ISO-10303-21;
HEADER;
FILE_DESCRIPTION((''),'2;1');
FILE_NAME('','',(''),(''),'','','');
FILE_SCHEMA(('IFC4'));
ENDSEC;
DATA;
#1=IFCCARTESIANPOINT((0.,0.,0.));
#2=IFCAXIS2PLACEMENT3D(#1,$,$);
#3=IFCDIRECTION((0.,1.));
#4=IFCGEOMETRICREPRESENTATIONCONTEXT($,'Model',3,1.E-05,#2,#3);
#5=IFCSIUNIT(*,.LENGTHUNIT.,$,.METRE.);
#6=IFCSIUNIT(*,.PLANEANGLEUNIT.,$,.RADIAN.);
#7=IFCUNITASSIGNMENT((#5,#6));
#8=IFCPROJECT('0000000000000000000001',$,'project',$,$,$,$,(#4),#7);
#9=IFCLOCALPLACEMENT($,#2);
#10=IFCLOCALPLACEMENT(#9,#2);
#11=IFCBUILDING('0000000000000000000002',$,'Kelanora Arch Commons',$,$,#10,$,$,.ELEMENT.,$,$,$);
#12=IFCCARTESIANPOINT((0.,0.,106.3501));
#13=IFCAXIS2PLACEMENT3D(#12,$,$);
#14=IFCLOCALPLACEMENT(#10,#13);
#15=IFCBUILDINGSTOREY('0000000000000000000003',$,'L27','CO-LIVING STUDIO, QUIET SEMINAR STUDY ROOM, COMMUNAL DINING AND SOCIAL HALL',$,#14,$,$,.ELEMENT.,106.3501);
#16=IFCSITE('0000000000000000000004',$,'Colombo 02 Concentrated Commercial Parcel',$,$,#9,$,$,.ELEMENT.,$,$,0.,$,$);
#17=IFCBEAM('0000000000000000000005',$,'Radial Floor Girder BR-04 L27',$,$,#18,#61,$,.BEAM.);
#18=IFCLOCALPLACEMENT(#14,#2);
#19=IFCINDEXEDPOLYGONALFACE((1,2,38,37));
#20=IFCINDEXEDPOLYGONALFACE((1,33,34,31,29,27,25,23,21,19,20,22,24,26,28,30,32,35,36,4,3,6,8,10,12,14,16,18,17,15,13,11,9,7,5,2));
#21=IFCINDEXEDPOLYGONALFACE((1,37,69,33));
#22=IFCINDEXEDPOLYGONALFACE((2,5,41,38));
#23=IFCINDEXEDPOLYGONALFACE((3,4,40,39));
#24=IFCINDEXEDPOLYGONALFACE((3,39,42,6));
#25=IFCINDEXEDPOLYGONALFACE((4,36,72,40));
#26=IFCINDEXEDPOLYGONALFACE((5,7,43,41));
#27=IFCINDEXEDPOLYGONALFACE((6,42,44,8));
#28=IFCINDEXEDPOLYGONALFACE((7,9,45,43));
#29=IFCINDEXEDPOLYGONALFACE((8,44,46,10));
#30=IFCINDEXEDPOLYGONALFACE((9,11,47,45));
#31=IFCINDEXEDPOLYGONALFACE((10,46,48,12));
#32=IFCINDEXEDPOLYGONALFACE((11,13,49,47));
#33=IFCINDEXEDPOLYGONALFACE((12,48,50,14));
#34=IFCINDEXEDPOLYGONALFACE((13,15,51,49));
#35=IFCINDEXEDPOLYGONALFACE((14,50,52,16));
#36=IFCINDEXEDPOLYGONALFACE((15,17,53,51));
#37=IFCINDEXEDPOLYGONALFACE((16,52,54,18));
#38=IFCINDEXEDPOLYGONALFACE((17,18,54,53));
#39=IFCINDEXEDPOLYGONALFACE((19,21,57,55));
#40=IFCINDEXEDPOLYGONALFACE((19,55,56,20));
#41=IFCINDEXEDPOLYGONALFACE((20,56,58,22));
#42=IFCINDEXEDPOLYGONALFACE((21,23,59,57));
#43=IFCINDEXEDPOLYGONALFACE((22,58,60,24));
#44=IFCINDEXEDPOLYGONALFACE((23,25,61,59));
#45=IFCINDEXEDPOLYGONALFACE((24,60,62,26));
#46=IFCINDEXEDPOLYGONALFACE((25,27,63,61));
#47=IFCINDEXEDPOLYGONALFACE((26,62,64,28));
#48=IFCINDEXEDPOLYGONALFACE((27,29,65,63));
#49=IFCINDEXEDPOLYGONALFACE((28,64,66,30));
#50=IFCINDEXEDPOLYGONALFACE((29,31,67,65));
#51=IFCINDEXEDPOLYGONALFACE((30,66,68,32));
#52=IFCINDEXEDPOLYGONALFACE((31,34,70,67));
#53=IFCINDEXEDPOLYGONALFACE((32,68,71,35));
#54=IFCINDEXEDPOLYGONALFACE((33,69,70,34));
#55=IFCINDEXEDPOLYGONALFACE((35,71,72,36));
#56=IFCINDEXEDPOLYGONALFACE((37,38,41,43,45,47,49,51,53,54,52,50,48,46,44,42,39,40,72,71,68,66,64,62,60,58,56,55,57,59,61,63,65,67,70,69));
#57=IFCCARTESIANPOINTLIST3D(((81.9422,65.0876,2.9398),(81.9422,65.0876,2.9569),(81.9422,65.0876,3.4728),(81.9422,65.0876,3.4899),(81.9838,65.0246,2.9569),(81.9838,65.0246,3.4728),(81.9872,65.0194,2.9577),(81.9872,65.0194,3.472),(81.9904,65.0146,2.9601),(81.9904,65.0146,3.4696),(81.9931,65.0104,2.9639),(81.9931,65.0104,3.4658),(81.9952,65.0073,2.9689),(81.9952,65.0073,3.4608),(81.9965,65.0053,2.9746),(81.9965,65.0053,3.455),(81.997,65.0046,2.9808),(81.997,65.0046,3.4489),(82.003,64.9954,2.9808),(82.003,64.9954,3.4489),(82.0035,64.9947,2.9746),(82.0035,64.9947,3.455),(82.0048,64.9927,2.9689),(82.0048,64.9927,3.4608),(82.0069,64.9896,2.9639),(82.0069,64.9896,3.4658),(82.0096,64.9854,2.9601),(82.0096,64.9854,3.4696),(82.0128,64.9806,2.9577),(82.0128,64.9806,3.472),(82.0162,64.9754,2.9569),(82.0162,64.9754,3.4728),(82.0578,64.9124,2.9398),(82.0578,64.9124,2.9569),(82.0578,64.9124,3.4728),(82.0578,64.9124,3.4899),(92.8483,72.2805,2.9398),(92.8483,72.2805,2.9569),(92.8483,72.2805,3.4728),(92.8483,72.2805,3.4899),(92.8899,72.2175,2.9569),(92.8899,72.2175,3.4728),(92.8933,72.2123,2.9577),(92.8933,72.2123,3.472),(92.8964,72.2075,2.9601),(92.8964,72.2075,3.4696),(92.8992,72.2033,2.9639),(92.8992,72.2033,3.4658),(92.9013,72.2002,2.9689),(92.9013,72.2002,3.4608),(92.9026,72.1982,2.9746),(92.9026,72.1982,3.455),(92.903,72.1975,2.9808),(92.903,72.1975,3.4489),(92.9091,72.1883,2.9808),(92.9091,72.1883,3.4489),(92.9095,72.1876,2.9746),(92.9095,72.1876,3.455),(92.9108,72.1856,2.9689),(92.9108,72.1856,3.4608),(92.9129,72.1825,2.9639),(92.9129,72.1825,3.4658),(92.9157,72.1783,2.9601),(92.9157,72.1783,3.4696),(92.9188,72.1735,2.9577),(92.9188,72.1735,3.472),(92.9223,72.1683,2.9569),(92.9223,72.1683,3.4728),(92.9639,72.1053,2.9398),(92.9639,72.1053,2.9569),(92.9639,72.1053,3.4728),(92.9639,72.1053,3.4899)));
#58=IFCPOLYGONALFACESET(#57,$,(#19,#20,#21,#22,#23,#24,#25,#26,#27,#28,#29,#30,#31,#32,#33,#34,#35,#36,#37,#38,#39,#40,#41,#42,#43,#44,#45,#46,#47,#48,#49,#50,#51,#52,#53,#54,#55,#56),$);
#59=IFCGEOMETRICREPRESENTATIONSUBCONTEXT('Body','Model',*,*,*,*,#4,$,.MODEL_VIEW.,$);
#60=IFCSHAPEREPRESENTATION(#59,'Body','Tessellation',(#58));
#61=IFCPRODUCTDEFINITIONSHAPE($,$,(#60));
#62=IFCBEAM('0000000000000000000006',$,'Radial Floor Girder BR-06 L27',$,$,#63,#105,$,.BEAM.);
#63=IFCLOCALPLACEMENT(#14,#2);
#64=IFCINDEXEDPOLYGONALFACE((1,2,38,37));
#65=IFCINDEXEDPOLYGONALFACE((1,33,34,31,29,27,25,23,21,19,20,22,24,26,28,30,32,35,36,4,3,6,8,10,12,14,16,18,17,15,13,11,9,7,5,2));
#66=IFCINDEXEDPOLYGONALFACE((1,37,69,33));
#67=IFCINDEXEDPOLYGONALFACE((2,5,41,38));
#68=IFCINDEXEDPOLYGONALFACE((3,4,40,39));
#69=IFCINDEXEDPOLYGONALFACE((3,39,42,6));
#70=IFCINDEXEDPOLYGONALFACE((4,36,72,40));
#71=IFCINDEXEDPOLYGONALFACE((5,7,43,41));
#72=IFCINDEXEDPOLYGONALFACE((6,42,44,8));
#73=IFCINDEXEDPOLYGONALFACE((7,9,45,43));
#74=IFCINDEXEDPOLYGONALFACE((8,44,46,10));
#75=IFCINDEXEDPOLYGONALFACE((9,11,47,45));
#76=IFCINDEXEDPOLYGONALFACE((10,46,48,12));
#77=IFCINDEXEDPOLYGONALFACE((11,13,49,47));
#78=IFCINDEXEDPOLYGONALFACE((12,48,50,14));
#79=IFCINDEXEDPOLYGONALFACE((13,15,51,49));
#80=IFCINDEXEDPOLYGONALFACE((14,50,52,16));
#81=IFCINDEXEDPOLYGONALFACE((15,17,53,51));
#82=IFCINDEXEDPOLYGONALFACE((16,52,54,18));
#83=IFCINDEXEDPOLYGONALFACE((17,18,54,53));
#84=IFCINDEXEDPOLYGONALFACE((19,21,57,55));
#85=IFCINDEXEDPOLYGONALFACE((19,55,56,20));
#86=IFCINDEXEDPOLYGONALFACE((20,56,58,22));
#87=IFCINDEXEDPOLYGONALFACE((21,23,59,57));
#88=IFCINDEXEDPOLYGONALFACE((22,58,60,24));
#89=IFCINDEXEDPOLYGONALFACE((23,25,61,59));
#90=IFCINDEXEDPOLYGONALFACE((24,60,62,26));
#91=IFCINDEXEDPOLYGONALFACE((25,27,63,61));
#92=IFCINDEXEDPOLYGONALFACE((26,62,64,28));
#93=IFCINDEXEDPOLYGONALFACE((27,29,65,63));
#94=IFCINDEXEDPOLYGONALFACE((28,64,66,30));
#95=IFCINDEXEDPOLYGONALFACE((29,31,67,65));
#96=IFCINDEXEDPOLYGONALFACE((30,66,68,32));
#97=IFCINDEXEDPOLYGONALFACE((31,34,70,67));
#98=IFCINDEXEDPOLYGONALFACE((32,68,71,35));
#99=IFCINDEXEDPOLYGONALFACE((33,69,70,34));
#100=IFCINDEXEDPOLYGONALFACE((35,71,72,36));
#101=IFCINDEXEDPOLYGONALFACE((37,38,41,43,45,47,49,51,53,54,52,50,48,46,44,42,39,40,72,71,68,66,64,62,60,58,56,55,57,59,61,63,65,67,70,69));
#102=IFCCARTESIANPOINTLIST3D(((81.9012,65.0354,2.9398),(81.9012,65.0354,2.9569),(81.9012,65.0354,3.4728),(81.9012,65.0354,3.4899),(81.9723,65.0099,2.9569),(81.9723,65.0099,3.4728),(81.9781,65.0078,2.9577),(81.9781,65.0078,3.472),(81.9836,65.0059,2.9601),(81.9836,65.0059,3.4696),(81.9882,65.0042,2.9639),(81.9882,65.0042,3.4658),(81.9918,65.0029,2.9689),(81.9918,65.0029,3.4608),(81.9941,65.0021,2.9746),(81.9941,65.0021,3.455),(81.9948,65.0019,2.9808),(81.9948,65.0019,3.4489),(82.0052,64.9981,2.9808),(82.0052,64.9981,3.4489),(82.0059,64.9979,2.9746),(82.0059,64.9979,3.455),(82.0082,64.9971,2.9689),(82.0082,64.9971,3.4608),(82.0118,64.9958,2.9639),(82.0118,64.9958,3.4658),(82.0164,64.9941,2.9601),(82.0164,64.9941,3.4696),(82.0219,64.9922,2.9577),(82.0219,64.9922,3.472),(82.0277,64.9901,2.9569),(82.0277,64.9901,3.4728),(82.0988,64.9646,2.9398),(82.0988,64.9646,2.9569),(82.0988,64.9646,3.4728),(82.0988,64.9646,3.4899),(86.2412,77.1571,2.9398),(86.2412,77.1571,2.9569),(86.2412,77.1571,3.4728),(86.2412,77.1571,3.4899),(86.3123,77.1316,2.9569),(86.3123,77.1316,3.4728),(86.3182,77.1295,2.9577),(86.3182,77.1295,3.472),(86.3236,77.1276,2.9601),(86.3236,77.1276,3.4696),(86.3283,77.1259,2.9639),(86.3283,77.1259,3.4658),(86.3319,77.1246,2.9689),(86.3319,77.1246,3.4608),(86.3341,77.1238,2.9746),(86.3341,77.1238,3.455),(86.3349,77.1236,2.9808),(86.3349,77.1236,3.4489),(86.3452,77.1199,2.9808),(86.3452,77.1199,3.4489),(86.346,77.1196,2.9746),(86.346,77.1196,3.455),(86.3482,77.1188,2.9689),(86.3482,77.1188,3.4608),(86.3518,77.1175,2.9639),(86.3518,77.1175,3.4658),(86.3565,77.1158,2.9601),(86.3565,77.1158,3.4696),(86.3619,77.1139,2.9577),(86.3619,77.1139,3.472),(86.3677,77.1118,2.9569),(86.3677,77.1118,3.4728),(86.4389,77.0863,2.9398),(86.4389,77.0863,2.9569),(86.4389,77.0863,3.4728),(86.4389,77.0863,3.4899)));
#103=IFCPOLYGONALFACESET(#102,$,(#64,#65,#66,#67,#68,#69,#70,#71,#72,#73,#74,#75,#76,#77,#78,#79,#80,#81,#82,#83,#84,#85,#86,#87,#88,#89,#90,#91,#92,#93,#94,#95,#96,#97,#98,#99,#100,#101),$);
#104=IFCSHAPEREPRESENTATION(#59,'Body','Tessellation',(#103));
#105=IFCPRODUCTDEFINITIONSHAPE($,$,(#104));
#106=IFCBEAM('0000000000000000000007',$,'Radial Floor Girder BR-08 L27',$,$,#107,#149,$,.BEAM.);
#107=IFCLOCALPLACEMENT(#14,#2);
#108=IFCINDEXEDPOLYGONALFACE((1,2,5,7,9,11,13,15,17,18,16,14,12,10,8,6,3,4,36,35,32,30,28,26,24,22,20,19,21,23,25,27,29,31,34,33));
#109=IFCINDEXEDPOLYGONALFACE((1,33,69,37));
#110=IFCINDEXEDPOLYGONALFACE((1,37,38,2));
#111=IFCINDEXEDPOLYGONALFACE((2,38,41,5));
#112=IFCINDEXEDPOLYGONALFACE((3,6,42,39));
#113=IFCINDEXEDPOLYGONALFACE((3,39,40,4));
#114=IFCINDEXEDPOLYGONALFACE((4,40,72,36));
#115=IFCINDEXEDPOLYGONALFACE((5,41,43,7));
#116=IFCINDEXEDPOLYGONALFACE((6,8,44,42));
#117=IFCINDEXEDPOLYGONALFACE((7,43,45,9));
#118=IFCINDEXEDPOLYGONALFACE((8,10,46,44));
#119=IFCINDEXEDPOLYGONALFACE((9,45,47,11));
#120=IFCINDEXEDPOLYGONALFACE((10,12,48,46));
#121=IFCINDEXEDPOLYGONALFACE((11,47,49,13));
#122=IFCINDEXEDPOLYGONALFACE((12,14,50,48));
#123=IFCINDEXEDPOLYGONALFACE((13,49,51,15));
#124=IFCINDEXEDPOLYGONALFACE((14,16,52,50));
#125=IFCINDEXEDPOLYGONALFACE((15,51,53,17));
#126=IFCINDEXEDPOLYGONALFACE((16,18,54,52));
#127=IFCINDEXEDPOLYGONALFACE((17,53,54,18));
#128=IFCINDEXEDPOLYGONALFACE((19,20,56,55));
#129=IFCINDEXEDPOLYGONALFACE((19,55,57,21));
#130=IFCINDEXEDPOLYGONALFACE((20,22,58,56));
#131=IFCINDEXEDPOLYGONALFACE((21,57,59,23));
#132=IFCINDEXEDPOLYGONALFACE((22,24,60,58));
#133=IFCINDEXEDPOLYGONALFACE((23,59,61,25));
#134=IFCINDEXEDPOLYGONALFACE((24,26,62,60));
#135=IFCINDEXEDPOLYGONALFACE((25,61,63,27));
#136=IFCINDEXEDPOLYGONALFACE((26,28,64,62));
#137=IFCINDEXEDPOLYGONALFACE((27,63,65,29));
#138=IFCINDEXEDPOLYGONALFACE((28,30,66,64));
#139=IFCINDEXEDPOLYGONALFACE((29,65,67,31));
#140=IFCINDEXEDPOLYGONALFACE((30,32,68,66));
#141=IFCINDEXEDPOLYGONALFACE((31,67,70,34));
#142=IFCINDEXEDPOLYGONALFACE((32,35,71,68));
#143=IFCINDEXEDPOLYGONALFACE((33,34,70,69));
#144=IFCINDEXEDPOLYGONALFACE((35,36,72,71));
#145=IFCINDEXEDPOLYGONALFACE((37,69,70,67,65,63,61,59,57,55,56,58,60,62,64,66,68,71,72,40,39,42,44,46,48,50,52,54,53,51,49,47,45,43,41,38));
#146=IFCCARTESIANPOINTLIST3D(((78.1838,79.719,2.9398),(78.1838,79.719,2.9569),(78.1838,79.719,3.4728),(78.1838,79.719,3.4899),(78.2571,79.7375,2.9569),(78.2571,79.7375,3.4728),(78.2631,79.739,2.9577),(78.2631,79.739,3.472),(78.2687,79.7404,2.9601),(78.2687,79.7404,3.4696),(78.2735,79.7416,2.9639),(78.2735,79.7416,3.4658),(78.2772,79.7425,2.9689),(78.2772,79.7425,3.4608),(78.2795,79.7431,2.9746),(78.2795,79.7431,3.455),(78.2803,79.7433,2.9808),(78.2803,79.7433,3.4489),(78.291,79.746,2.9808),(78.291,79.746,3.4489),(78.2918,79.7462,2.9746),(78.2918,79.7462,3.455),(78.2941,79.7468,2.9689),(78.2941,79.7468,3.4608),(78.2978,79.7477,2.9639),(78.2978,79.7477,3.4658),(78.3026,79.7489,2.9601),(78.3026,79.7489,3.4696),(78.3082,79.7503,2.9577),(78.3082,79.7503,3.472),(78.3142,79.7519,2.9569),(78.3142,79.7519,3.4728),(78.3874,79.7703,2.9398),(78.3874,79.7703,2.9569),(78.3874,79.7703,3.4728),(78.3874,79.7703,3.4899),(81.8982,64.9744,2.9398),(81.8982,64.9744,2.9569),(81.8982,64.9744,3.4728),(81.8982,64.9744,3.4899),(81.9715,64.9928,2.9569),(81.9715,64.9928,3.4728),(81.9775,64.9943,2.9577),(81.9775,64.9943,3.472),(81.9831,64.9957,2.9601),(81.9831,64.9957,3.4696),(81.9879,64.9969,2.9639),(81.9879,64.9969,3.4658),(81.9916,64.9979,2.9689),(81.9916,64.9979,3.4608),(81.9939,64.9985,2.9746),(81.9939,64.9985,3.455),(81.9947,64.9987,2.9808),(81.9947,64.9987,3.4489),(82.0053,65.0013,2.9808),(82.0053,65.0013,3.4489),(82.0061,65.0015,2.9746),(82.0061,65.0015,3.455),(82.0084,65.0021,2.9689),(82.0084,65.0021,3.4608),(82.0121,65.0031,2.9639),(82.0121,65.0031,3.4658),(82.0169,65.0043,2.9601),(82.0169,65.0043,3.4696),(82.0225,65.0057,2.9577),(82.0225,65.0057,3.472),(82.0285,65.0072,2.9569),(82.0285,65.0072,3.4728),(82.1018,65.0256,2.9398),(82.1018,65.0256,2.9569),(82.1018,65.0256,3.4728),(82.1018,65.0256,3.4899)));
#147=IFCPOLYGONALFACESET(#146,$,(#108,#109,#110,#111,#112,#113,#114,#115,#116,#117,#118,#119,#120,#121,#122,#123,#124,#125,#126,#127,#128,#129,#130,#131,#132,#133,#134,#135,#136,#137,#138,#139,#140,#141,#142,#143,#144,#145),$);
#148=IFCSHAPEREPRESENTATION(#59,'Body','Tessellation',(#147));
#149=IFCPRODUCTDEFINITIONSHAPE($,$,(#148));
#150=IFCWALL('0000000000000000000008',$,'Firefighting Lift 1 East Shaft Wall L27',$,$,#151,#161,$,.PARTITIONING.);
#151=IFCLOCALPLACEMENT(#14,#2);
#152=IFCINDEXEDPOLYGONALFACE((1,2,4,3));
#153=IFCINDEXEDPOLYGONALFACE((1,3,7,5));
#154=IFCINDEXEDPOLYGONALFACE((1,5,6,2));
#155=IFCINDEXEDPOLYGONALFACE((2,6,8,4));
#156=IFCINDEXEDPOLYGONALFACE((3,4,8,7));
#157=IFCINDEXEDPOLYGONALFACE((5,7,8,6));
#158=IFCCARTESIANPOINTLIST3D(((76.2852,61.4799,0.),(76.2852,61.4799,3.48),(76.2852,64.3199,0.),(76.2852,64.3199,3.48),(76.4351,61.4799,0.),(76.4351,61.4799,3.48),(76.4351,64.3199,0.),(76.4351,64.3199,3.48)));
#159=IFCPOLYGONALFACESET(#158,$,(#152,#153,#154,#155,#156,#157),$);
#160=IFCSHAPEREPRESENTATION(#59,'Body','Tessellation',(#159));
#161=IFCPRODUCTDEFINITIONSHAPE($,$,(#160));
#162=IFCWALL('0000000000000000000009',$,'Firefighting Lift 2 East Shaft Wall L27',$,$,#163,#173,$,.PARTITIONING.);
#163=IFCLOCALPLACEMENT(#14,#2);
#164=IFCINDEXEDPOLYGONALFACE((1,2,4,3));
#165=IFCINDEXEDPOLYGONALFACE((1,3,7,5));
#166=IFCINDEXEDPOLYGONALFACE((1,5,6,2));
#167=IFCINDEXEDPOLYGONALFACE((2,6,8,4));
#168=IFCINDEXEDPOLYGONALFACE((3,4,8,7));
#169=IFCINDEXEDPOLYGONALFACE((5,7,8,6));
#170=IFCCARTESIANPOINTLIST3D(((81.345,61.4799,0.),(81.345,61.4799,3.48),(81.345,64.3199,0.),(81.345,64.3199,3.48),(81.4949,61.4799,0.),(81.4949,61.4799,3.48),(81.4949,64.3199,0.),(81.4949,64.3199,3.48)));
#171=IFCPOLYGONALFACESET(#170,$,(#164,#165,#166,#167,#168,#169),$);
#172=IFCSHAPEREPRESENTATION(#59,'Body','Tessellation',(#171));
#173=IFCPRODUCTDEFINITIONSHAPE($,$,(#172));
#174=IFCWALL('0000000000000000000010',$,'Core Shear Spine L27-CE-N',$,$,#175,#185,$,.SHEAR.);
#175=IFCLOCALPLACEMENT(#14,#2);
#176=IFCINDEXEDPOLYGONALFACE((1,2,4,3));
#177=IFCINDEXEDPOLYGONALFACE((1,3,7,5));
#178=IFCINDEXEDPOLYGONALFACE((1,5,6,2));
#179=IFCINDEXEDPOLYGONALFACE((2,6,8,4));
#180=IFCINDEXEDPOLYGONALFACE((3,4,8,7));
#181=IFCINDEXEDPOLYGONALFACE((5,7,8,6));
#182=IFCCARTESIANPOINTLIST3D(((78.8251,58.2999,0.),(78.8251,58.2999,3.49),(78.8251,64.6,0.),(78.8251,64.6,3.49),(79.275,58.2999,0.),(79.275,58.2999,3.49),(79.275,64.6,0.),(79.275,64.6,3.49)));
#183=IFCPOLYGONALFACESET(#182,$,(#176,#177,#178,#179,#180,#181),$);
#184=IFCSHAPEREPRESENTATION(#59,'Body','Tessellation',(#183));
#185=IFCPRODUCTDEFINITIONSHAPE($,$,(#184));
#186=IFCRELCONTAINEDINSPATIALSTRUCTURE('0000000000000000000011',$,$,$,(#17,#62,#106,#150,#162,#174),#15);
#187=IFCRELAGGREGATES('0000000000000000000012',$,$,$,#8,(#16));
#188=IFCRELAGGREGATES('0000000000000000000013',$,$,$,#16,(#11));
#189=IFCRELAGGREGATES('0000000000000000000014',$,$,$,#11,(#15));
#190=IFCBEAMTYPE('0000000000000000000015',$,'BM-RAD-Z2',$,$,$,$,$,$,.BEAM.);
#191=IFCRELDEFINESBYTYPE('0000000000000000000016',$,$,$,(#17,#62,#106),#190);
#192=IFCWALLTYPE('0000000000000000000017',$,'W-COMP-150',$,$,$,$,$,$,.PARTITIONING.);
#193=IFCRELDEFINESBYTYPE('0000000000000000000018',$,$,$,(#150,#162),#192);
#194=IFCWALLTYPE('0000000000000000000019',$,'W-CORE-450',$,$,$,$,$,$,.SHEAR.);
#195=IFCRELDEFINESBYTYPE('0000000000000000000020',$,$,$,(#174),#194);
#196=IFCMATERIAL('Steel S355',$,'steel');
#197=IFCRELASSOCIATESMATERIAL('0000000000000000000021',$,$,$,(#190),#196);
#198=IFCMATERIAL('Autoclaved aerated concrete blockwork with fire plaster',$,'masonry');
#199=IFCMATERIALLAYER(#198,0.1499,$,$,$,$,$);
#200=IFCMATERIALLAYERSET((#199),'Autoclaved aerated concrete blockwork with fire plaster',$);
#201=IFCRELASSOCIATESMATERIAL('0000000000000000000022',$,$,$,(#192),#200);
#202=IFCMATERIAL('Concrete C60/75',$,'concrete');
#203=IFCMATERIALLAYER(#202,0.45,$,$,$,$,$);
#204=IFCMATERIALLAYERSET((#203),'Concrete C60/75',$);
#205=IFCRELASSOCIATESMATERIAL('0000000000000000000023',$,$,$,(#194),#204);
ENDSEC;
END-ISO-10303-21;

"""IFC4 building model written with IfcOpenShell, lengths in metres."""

from ifc_helpers import new_model, si_unit, direction, frame, frame_2d, origin, origin_2d, place, context, subcontext, project, spatial, rectangle, i_section, extrude, material, layer, layer_set, material_profile, profile_set, type_object, element, save


model = new_model("IFC4")

# Units and contexts
model_context = context("Model", 3, precision=1e-05, world=origin(), true_north=direction((0.0, 1.0)))
body_context = subcontext(model_context, "Body", "Model", "MODEL_VIEW")
ifc_project = project(units=[si_unit("LENGTHUNIT", "METRE"), si_unit("PLANEANGLEUNIT", "RADIAN")], contexts=[model_context])

# Site, building, storey
site_placement = place(None, origin())
site = spatial("IfcSite", under=ifc_project, at=site_placement, Name="Colombo 02 Concentrated Commercial Parcel", CompositionType="ELEMENT", RefElevation=0.0)
building_placement = place(site_placement, origin())
building = spatial("IfcBuilding", under=site, at=building_placement, Name="Kelanora Arch Commons", CompositionType="ELEMENT")
storey_placement = place(building_placement, frame((0.0, 0.0, 106.3501)))
storey = spatial("IfcBuildingStorey", under=building, at=storey_placement, Name="L27", Description="CO-LIVING STUDIO, QUIET SEMINAR STUDY ROOM, COMMUNAL DINING AND SOCIAL HALL", CompositionType="ELEMENT", Elevation=106.3501)

# Shared definitions
ifc_material_1 = material(Name="Concrete C60/75", Category="concrete")

# Beams
ifc_material_2 = material(Name="Steel S355", Category="steel")
ifc_material_profile_1 = material_profile(ifc_material_2, i_section(OverallWidth=0.21, OverallDepth=0.55, WebThickness=0.011, FlangeThickness=0.0171, FilletRadius=0.0239, at=origin_2d()), Name="IPE550")
ifc_profile_set_1 = profile_set([ifc_material_profile_1], Name="Steel S355")
beam_type_1 = type_object("IfcBeamType", Name="BM-RAD-Z2", PredefinedType="BEAM", material=ifc_profile_set_1)
beam_1_placement = place(storey_placement, frame((82.0, 65.0, 3.2148), z_axis=(0.834789, 0.550571, 0.0), x_axis=(-0.550571, 0.834789, 0.0)))
element("IfcBeam", 1, at=beam_1_placement, inside=storey, type_object=beam_type_1, Name="Radial Floor Girder BR-04 L27", PredefinedType="BEAM", context=body_context, shape_type="SweptSolid", body=[
    extrude(i_section(OverallWidth=0.21, OverallDepth=0.55, WebThickness=0.011, FlangeThickness=0.0171, FilletRadius=0.0239, at=origin_2d()), origin(), (0.0, 0.0, 1.0), 13.0645),
])
beam_2_placement = place(storey_placement, frame((82.0, 65.0, 3.2148), z_axis=(0.337085, 0.941474, 0.0), x_axis=(-0.941474, 0.337085, 0.0)))
element("IfcBeam", 2, at=beam_2_placement, inside=storey, type_object=beam_type_1, Name="Radial Floor Girder BR-06 L27", PredefinedType="BEAM", context=body_context, shape_type="SweptSolid", body=[
    extrude(i_section(OverallWidth=0.21, OverallDepth=0.55, WebThickness=0.011, FlangeThickness=0.0171, FilletRadius=0.0239, at=origin_2d()), origin(), (0.0, 0.0, 1.0), 12.8752),
])
beam_3_placement = place(storey_placement, frame((82.0, 65.0, 3.2148), z_axis=(-0.244281, 0.969705, 0.0), x_axis=(-0.969705, -0.244281, 0.0)))
element("IfcBeam", 3, at=beam_3_placement, inside=storey, type_object=beam_type_1, Name="Radial Floor Girder BR-08 L27", PredefinedType="BEAM", context=body_context, shape_type="SweptSolid", body=[
    extrude(i_section(OverallWidth=0.21, OverallDepth=0.55, WebThickness=0.011, FlangeThickness=0.0171, FilletRadius=0.0239, at=origin_2d()), origin(), (0.0, 0.0, 1.0), 15.2053),
])

# Walls
ifc_material_3 = material(Name="Autoclaved aerated concrete blockwork with fire plaster", Category="masonry")
ifc_layer_1 = layer(ifc_material_3, 0.1499)
ifc_layer_set_1 = layer_set([ifc_layer_1], Name="Autoclaved aerated concrete blockwork with fire plaster")
wall_type_1 = type_object("IfcWallType", Name="W-COMP-150", PredefinedType="PARTITIONING", material=ifc_layer_set_1)
for number, where, z_axis, x_axis, name in (
    (4, (76.3601, 61.48, 0.0), (0.0, 0.0, 1.0), (0.0, 1.0, 0.0), "Firefighting Lift 1 East Shaft Wall L27"),
    (5, (81.4199, 61.48, 0.0), (0.0, 0.0, 1.0), (0.0, 1.0, 0.0), "Firefighting Lift 2 East Shaft Wall L27"),
):
    element("IfcWall", number, at=place(storey_placement, frame(where, z_axis=z_axis, x_axis=x_axis)), inside=storey, type_object=wall_type_1, Name=name, PredefinedType="PARTITIONING", context=body_context, shape_type="SweptSolid", body=[
        extrude(rectangle(XDim=2.8401, YDim=0.1499, at=frame_2d((1.4199, 0.0))), origin(), (0.0, 0.0, 1.0), 3.48),
    ])
ifc_layer_2 = layer(ifc_material_1, 0.45)
ifc_layer_set_2 = layer_set([ifc_layer_2], Name="Concrete C60/75")
wall_type_2 = type_object("IfcWallType", Name="W-CORE-450", PredefinedType="SHEAR", material=ifc_layer_set_2)
wall_1_placement = place(storey_placement, frame((79.05, 58.3, 0.0), z_axis=(0.0, 0.0, 1.0), x_axis=(0.0, 1.0, 0.0)))
element("IfcWall", 6, at=wall_1_placement, inside=storey, type_object=wall_type_2, Name="Core Shear Spine L27-CE-N", PredefinedType="SHEAR", context=body_context, shape_type="SweptSolid", body=[
    extrude(rectangle(XDim=6.3, YDim=0.45, at=frame_2d((3.1499, 0.0))), origin(), (0.0, 0.0, 1.0), 3.49),
])

save(model, "model.ifc")
